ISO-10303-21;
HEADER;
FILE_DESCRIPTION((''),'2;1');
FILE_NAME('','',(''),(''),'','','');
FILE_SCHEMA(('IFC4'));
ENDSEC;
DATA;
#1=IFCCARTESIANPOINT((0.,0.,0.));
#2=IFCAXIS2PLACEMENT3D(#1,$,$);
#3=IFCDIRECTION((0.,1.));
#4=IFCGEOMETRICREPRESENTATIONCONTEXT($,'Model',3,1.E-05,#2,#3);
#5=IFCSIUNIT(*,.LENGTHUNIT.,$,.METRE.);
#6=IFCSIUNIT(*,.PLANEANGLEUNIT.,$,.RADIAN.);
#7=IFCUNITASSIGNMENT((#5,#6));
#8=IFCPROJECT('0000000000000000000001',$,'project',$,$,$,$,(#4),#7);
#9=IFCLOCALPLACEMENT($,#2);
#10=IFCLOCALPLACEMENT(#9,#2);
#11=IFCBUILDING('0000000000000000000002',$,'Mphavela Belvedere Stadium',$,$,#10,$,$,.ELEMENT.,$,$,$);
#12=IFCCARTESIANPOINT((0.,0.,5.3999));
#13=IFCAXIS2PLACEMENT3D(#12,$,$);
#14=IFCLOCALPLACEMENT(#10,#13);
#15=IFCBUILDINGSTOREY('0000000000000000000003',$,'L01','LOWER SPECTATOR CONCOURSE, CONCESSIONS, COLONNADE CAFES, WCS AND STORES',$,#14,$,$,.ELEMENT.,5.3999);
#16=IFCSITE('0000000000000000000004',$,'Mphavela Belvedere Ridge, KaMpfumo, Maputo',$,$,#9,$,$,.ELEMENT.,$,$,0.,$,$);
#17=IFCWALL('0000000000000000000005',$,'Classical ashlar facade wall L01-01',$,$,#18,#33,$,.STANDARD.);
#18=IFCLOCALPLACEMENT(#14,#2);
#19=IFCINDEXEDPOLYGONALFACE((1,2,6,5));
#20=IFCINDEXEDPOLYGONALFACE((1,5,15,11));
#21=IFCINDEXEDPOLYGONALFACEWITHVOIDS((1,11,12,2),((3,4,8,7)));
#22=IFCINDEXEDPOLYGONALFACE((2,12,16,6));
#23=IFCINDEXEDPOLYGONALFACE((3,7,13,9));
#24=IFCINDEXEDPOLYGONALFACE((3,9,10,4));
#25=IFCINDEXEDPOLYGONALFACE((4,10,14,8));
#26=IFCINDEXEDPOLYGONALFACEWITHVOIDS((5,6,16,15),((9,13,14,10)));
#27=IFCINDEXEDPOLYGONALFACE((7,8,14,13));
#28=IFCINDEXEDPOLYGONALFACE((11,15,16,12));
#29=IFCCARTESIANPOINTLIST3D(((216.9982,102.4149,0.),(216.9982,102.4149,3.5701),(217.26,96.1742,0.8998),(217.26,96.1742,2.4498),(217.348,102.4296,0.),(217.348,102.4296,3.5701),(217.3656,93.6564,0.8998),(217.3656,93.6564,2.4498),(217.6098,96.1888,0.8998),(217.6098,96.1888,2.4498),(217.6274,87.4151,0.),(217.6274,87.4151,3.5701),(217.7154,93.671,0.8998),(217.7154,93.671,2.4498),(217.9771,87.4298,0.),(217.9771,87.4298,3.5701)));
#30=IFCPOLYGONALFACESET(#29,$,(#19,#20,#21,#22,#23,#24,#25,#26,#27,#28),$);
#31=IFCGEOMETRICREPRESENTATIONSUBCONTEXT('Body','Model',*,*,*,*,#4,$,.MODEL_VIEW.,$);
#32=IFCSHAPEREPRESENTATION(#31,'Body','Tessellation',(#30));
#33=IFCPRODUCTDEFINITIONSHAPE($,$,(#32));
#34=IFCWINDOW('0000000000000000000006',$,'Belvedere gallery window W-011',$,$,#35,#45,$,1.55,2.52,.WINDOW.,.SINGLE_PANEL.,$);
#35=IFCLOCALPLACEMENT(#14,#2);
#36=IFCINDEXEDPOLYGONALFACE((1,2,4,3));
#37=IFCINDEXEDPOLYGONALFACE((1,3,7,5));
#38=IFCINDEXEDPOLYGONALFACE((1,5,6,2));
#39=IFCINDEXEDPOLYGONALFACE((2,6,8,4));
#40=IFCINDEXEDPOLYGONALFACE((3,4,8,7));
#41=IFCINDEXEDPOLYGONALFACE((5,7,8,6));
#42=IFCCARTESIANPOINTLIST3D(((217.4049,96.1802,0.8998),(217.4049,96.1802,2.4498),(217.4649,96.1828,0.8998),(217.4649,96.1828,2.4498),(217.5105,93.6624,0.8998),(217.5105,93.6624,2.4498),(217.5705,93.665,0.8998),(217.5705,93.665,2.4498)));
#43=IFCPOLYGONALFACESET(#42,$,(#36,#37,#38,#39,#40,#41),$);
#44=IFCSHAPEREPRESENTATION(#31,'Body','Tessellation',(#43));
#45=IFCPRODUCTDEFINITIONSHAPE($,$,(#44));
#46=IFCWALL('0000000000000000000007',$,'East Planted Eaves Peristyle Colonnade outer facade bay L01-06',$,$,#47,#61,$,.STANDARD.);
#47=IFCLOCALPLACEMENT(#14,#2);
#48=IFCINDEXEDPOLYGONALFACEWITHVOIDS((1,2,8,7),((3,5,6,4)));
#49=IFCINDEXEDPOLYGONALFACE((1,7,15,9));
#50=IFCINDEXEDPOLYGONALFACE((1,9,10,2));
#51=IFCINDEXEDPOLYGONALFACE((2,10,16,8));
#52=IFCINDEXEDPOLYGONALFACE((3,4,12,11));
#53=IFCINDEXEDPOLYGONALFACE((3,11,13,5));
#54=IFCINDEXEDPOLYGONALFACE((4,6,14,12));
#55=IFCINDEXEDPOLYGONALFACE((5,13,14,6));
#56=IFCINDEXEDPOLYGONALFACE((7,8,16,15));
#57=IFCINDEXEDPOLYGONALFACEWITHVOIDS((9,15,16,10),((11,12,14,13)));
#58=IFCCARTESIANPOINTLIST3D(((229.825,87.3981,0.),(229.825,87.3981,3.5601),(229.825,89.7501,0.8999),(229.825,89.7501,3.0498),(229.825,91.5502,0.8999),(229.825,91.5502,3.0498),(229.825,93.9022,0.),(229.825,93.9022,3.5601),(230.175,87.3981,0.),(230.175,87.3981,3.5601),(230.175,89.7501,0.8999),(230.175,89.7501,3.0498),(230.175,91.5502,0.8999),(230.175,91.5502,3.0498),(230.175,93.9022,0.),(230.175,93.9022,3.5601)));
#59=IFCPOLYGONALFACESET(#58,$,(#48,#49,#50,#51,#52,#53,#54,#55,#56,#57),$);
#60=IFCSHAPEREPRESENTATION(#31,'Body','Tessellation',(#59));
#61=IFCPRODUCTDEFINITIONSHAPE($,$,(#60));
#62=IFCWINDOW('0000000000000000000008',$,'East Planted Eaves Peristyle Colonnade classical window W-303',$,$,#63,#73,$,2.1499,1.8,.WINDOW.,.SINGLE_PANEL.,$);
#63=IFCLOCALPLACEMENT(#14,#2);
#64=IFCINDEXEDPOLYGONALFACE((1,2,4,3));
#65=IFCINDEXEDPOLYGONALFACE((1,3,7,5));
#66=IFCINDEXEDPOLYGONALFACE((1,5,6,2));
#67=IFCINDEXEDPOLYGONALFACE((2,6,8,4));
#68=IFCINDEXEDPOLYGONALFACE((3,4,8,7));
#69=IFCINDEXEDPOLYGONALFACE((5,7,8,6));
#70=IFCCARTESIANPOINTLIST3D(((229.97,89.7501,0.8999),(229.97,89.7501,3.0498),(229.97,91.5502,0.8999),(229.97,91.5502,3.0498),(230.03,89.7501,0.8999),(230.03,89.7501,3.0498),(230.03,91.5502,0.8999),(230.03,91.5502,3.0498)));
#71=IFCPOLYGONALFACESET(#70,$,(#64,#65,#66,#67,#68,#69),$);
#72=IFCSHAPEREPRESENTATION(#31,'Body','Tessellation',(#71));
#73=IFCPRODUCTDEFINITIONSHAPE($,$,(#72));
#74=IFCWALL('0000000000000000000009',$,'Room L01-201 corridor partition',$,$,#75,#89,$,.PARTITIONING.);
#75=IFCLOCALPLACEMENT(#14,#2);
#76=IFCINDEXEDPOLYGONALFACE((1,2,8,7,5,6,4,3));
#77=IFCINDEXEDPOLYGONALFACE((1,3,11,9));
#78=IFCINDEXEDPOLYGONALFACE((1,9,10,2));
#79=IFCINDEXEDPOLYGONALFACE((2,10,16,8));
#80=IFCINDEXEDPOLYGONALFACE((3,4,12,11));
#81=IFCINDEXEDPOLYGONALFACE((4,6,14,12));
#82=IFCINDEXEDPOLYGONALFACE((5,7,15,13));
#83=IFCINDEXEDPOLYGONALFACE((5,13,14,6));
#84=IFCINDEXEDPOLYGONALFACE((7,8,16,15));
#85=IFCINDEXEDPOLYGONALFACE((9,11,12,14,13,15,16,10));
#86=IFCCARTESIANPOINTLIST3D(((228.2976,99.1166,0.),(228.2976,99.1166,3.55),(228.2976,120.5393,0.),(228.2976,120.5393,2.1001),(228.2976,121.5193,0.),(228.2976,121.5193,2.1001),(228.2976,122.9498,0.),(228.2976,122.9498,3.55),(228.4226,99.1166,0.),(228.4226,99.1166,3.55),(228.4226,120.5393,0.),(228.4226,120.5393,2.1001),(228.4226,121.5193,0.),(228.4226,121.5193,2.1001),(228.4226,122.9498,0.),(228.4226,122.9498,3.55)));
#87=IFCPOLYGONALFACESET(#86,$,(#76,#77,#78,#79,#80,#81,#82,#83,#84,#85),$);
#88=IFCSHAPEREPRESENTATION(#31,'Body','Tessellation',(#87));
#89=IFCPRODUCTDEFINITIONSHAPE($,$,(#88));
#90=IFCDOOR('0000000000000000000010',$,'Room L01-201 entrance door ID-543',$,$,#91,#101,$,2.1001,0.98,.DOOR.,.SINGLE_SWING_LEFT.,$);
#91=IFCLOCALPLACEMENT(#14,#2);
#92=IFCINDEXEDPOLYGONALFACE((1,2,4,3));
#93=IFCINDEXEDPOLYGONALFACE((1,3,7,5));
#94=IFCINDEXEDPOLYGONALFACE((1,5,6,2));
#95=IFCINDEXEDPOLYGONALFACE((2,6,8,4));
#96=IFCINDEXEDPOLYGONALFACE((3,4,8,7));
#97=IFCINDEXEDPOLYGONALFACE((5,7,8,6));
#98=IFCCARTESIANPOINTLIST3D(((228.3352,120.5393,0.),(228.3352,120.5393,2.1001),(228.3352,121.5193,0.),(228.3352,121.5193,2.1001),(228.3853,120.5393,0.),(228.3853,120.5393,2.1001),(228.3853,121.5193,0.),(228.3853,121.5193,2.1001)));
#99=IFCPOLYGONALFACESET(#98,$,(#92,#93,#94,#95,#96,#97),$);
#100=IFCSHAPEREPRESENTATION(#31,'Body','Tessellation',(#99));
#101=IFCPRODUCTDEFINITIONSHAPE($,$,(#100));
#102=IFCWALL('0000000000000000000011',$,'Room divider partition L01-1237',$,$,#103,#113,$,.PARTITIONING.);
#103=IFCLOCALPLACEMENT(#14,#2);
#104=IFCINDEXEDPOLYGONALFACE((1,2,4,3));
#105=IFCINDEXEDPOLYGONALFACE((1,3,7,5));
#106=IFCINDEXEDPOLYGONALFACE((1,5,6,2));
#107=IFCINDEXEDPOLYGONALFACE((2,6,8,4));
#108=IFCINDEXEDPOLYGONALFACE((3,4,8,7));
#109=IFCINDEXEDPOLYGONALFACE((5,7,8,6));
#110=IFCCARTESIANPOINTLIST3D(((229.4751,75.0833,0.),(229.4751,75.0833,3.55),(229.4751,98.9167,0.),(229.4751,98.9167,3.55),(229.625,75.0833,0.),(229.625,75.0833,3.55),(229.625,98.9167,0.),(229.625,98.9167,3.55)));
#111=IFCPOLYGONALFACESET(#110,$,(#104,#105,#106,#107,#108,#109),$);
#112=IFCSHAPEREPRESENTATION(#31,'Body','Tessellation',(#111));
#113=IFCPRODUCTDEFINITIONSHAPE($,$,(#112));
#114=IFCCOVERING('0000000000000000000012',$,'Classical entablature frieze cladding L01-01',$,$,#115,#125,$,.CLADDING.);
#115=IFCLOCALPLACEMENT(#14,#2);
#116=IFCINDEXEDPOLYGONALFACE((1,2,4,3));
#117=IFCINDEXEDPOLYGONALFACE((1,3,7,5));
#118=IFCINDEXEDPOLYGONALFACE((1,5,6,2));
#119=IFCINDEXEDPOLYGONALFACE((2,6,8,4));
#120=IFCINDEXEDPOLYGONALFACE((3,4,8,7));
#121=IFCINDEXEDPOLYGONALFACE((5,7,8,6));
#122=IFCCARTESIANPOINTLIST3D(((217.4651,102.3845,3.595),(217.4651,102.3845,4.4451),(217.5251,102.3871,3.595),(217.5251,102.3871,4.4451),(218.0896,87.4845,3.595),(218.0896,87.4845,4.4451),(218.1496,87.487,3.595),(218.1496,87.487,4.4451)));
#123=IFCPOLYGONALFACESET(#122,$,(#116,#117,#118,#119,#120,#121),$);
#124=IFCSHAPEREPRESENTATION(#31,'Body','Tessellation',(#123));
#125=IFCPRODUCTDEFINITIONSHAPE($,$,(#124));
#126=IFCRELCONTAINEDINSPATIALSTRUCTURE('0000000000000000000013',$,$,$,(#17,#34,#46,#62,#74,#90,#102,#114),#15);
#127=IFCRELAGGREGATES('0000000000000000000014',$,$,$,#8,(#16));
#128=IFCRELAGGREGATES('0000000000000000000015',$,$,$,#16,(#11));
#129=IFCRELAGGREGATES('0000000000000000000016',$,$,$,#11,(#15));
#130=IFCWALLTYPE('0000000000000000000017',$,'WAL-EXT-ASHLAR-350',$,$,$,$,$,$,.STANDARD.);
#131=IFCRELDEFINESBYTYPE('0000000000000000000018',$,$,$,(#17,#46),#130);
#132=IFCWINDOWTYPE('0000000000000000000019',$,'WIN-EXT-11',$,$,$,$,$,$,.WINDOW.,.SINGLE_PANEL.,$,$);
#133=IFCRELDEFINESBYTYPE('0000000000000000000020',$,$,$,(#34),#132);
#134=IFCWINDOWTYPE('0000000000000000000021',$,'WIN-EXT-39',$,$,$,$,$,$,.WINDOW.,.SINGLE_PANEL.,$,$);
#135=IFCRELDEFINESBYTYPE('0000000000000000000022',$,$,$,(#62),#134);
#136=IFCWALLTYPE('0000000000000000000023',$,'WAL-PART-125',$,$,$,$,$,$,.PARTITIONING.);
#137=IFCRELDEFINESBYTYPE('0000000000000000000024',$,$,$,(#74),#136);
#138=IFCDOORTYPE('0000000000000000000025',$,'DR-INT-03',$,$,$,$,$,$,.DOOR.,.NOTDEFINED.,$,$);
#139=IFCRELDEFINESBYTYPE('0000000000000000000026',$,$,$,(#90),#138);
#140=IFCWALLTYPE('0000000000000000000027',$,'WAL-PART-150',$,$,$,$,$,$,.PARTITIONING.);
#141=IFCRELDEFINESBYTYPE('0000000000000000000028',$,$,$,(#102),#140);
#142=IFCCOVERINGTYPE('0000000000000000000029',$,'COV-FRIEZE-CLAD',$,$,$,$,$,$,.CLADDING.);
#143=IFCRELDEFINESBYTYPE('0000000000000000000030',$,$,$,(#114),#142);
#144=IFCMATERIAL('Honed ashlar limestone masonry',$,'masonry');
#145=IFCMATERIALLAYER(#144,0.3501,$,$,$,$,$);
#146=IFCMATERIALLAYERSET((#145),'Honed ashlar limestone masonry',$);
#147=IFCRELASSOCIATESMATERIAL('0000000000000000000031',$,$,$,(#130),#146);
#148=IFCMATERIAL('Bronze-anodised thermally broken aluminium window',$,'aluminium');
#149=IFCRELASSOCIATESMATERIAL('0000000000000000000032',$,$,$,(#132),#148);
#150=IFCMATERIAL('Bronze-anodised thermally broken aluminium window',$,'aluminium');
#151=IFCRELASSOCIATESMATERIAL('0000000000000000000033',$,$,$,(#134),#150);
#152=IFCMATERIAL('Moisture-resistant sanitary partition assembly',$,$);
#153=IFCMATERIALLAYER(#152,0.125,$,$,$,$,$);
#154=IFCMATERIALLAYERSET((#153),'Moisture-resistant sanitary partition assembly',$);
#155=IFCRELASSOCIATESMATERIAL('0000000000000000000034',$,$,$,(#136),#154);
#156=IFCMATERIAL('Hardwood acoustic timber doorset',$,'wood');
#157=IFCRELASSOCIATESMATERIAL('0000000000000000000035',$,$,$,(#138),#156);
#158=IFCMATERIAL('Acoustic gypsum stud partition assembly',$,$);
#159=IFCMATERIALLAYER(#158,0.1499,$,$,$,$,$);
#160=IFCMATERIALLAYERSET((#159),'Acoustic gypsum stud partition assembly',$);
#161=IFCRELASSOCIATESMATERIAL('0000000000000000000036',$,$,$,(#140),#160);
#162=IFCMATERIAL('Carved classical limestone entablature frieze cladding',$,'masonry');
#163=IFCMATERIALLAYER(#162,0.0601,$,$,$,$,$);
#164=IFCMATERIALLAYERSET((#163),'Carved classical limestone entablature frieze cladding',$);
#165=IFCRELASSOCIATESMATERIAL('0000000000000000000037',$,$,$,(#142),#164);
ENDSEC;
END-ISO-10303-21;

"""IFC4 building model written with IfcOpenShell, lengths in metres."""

from ifc_helpers import new_model, si_unit, direction, frame, frame_2d, origin, origin_2d, place, context, subcontext, project, spatial, rectangle, extrude, material, layer, layer_set, type_object, element, fill, save


model = new_model("IFC4")

# Units and contexts
model_context = context("Model", 3, precision=1e-05, world=origin(), true_north=direction((0.0, 1.0)))
body_context = subcontext(model_context, "Body", "Model", "MODEL_VIEW")
ifc_project = project(units=[si_unit("LENGTHUNIT", "METRE"), si_unit("PLANEANGLEUNIT", "RADIAN")], contexts=[model_context])

# Site, building, storey
site_placement = place(None, origin())
site = spatial("IfcSite", under=ifc_project, at=site_placement, Name="Mphavela Belvedere Ridge, KaMpfumo, Maputo", CompositionType="ELEMENT", RefElevation=0.0)
building_placement = place(site_placement, origin())
building = spatial("IfcBuilding", under=site, at=building_placement, Name="Mphavela Belvedere Stadium", CompositionType="ELEMENT")
storey_placement = place(building_placement, frame((0.0, 0.0, 5.3999)))
storey = spatial("IfcBuildingStorey", under=building, at=storey_placement, Name="L01", Description="LOWER SPECTATOR CONCOURSE, CONCESSIONS, COLONNADE CAFES, WCS AND STORES", CompositionType="ELEMENT", Elevation=5.3999)

# Walls, openings, windows
ifc_material_1 = material(Name="Honed ashlar limestone masonry", Category="masonry")
ifc_layer_1 = layer(ifc_material_1, 0.3501)
ifc_layer_set_1 = layer_set([ifc_layer_1], Name="Honed ashlar limestone masonry")
wall_type_1 = type_object("IfcWallType", Name="WAL-EXT-ASHLAR-350", PredefinedType="STANDARD", material=ifc_layer_set_1)
wall_1_placement = place(storey_placement, frame((217.8022, 87.4226, 0.0), z_axis=(0.0, 0.0, 1.0), x_axis=(-0.041907, 0.999122, 0.0)))
wall_1 = element("IfcWall", 1, at=wall_1_placement, inside=storey, type_object=wall_type_1, Name="Classical ashlar facade wall L01-01", PredefinedType="STANDARD", context=body_context, shape_type="SweptSolid", body=[
    extrude(rectangle(XDim=15.0129, YDim=0.3501, at=frame_2d((7.5063, 0.0))), origin(), (0.0, 0.0, 1.0), 3.5701),
])
opening_1_placement = place(wall_1_placement, frame((6.2466, 0.0, 0.8999)))
opening_1 = element("IfcOpeningElement", 2, at=opening_1_placement, cuts=wall_1, PredefinedType="OPENING", context=body_context, shape_type="SweptSolid", body=[
    extrude(rectangle(XDim=2.52, YDim=1.55, at=frame_2d((1.26, 0.7749))), frame((0.0, 0.1851, 0.0), z_axis=(0.0, -1.0, 0.0), x_axis=(1.0, 0.0, 0.0)), (0.0, 0.0, 1.0), 0.3701),
])
ifc_material_2 = material(Name="Bronze-anodised thermally broken aluminium window", Category="aluminium")
window_type_1 = type_object("IfcWindowType", Name="WIN-EXT-11", PartitioningType="SINGLE_PANEL", PredefinedType="WINDOW", material=ifc_material_2)
window_1_placement = place(opening_1_placement, origin())
window_1 = element("IfcWindow", 3, at=window_1_placement, inside=storey, type_object=window_type_1, Name="Belvedere gallery window W-011", OverallHeight=1.55, OverallWidth=2.52, PartitioningType="SINGLE_PANEL", PredefinedType="WINDOW", context=body_context, shape_type="SweptSolid", body=[
    extrude(rectangle(XDim=2.52, YDim=1.55, at=frame_2d((1.26, 0.7749))), frame((0.0, 0.03, 0.0), z_axis=(0.0, -1.0, 0.0), x_axis=(1.0, 0.0, 0.0)), (0.0, 0.0, 1.0), 0.0601),
])
fill(opening_1, window_1)
wall_2_placement = place(storey_placement, frame((230.0, 93.9021, 0.0), z_axis=(0.0, 0.0, 1.0), x_axis=(0.0, -1.0, 0.0)))
wall_2 = element("IfcWall", 4, at=wall_2_placement, inside=storey, type_object=wall_type_1, Name="East Planted Eaves Peristyle Colonnade outer facade bay L01-06", PredefinedType="STANDARD", context=body_context, shape_type="SweptSolid", body=[
    extrude(rectangle(XDim=6.5042, YDim=0.3501, at=frame_2d((3.252, 0.0))), origin(), (0.0, 0.0, 1.0), 3.5601),
])
opening_2_placement = place(wall_2_placement, frame((2.3521, 0.0, 0.8999)))
opening_2 = element("IfcOpeningElement", 5, at=opening_2_placement, cuts=wall_2, PredefinedType="OPENING", context=body_context, shape_type="SweptSolid", body=[
    extrude(rectangle(XDim=1.8, YDim=2.1499, at=frame_2d((0.8999, 1.075))), frame((0.0, 0.1851, 0.0), z_axis=(0.0, -1.0, 0.0), x_axis=(1.0, 0.0, 0.0)), (0.0, 0.0, 1.0), 0.3701),
])
ifc_material_3 = material(Name="Bronze-anodised thermally broken aluminium window", Category="aluminium")
window_type_2 = type_object("IfcWindowType", Name="WIN-EXT-39", PartitioningType="SINGLE_PANEL", PredefinedType="WINDOW", material=ifc_material_3)
window_2_placement = place(opening_2_placement, origin())
window_2 = element("IfcWindow", 6, at=window_2_placement, inside=storey, type_object=window_type_2, Name="East Planted Eaves Peristyle Colonnade classical window W-303", OverallHeight=2.1499, OverallWidth=1.8, PartitioningType="SINGLE_PANEL", PredefinedType="WINDOW", context=body_context, shape_type="SweptSolid", body=[
    extrude(rectangle(XDim=1.8, YDim=2.1499, at=frame_2d((0.8999, 1.075))), frame((0.0, 0.03, 0.0), z_axis=(0.0, -1.0, 0.0), x_axis=(1.0, 0.0, 0.0)), (0.0, 0.0, 1.0), 0.0601),
])
fill(opening_2, window_2)

# Wall, opening, door
ifc_material_4 = material(Name="Moisture-resistant sanitary partition assembly")
ifc_layer_2 = layer(ifc_material_4, 0.125)
ifc_layer_set_2 = layer_set([ifc_layer_2], Name="Moisture-resistant sanitary partition assembly")
wall_type_2 = type_object("IfcWallType", Name="WAL-PART-125", PredefinedType="PARTITIONING", material=ifc_layer_set_2)
wall_3_placement = place(storey_placement, frame((228.3601, 99.1167, 0.0), z_axis=(0.0, 0.0, 1.0), x_axis=(0.0, 1.0, 0.0)))
wall_3 = element("IfcWall", 7, at=wall_3_placement, inside=storey, type_object=wall_type_2, Name="Room L01-201 corridor partition", PredefinedType="PARTITIONING", context=body_context, shape_type="SweptSolid", body=[
    extrude(rectangle(XDim=23.8333, YDim=0.125, at=frame_2d((11.9165, 0.0))), origin(), (0.0, 0.0, 1.0), 3.55),
])
opening_3_placement = place(wall_3_placement, frame((21.4226, 0.0, 0.0)))
opening_3 = element("IfcOpeningElement", 8, at=opening_3_placement, cuts=wall_3, PredefinedType="OPENING", context=body_context, shape_type="SweptSolid", body=[
    extrude(rectangle(XDim=0.98, YDim=2.1001, at=frame_2d((0.49, 1.05))), frame((0.0, 0.0725, 0.0), z_axis=(0.0, -1.0, 0.0), x_axis=(1.0, 0.0, 0.0)), (0.0, 0.0, 1.0), 0.145),
])
ifc_material_5 = material(Name="Hardwood acoustic timber doorset", Category="wood")
door_type = type_object("IfcDoorType", Name="DR-INT-03", OperationType="NOTDEFINED", PredefinedType="DOOR", material=ifc_material_5)
door_placement = place(opening_3_placement, origin())
door = element("IfcDoor", 9, at=door_placement, inside=storey, type_object=door_type, Name="Room L01-201 entrance door ID-543", OperationType="SINGLE_SWING_LEFT", OverallHeight=2.1001, OverallWidth=0.98, PredefinedType="DOOR", context=body_context, shape_type="SweptSolid", body=[
    extrude(rectangle(XDim=0.98, YDim=2.1001, at=frame_2d((0.49, 1.05))), frame((0.0, 0.0249, 0.0), z_axis=(0.0, -1.0, 0.0), x_axis=(1.0, 0.0, 0.0)), (0.0, 0.0, 1.0), 0.05),
])
fill(opening_3, door)

# Wall
ifc_material_6 = material(Name="Acoustic gypsum stud partition assembly")
ifc_layer_3 = layer(ifc_material_6, 0.1499)
ifc_layer_set_3 = layer_set([ifc_layer_3], Name="Acoustic gypsum stud partition assembly")
wall_type_3 = type_object("IfcWallType", Name="WAL-PART-150", PredefinedType="PARTITIONING", material=ifc_layer_set_3)
wall_4_placement = place(storey_placement, frame((229.55, 98.9167, 0.0), z_axis=(0.0, 0.0, 1.0), x_axis=(0.0, -1.0, 0.0)))
element("IfcWall", 10, at=wall_4_placement, inside=storey, type_object=wall_type_3, Name="Room divider partition L01-1237", PredefinedType="PARTITIONING", context=body_context, shape_type="SweptSolid", body=[
    extrude(rectangle(XDim=23.8335, YDim=0.1499, at=frame_2d((11.9167, 0.0))), origin(), (0.0, 0.0, 1.0), 3.55),
])

# Covering
ifc_material_7 = material(Name="Carved classical limestone entablature frieze cladding", Category="masonry")
ifc_layer_4 = layer(ifc_material_7, 0.0601)
ifc_layer_set_4 = layer_set([ifc_layer_4], Name="Carved classical limestone entablature frieze cladding")
covering_type = type_object("IfcCoveringType", Name="COV-FRIEZE-CLAD", PredefinedType="CLADDING", material=ifc_layer_set_4)
covering_placement = place(storey_placement, frame((217.8074, 94.9358, 3.595), z_axis=(0.0, 0.0, 1.0), x_axis=(-0.041876, 0.999123, 0.0)))
element("IfcCovering", 11, at=covering_placement, inside=storey, type_object=covering_type, Name="Classical entablature frieze cladding L01-01", PredefinedType="CLADDING", context=body_context, shape_type="SweptSolid", body=[
    extrude(rectangle(XDim=14.9131, YDim=0.0601, at=origin_2d()), origin(), (0.0, 0.0, 1.0), 0.8501),
])

save(model, "model.ifc")
